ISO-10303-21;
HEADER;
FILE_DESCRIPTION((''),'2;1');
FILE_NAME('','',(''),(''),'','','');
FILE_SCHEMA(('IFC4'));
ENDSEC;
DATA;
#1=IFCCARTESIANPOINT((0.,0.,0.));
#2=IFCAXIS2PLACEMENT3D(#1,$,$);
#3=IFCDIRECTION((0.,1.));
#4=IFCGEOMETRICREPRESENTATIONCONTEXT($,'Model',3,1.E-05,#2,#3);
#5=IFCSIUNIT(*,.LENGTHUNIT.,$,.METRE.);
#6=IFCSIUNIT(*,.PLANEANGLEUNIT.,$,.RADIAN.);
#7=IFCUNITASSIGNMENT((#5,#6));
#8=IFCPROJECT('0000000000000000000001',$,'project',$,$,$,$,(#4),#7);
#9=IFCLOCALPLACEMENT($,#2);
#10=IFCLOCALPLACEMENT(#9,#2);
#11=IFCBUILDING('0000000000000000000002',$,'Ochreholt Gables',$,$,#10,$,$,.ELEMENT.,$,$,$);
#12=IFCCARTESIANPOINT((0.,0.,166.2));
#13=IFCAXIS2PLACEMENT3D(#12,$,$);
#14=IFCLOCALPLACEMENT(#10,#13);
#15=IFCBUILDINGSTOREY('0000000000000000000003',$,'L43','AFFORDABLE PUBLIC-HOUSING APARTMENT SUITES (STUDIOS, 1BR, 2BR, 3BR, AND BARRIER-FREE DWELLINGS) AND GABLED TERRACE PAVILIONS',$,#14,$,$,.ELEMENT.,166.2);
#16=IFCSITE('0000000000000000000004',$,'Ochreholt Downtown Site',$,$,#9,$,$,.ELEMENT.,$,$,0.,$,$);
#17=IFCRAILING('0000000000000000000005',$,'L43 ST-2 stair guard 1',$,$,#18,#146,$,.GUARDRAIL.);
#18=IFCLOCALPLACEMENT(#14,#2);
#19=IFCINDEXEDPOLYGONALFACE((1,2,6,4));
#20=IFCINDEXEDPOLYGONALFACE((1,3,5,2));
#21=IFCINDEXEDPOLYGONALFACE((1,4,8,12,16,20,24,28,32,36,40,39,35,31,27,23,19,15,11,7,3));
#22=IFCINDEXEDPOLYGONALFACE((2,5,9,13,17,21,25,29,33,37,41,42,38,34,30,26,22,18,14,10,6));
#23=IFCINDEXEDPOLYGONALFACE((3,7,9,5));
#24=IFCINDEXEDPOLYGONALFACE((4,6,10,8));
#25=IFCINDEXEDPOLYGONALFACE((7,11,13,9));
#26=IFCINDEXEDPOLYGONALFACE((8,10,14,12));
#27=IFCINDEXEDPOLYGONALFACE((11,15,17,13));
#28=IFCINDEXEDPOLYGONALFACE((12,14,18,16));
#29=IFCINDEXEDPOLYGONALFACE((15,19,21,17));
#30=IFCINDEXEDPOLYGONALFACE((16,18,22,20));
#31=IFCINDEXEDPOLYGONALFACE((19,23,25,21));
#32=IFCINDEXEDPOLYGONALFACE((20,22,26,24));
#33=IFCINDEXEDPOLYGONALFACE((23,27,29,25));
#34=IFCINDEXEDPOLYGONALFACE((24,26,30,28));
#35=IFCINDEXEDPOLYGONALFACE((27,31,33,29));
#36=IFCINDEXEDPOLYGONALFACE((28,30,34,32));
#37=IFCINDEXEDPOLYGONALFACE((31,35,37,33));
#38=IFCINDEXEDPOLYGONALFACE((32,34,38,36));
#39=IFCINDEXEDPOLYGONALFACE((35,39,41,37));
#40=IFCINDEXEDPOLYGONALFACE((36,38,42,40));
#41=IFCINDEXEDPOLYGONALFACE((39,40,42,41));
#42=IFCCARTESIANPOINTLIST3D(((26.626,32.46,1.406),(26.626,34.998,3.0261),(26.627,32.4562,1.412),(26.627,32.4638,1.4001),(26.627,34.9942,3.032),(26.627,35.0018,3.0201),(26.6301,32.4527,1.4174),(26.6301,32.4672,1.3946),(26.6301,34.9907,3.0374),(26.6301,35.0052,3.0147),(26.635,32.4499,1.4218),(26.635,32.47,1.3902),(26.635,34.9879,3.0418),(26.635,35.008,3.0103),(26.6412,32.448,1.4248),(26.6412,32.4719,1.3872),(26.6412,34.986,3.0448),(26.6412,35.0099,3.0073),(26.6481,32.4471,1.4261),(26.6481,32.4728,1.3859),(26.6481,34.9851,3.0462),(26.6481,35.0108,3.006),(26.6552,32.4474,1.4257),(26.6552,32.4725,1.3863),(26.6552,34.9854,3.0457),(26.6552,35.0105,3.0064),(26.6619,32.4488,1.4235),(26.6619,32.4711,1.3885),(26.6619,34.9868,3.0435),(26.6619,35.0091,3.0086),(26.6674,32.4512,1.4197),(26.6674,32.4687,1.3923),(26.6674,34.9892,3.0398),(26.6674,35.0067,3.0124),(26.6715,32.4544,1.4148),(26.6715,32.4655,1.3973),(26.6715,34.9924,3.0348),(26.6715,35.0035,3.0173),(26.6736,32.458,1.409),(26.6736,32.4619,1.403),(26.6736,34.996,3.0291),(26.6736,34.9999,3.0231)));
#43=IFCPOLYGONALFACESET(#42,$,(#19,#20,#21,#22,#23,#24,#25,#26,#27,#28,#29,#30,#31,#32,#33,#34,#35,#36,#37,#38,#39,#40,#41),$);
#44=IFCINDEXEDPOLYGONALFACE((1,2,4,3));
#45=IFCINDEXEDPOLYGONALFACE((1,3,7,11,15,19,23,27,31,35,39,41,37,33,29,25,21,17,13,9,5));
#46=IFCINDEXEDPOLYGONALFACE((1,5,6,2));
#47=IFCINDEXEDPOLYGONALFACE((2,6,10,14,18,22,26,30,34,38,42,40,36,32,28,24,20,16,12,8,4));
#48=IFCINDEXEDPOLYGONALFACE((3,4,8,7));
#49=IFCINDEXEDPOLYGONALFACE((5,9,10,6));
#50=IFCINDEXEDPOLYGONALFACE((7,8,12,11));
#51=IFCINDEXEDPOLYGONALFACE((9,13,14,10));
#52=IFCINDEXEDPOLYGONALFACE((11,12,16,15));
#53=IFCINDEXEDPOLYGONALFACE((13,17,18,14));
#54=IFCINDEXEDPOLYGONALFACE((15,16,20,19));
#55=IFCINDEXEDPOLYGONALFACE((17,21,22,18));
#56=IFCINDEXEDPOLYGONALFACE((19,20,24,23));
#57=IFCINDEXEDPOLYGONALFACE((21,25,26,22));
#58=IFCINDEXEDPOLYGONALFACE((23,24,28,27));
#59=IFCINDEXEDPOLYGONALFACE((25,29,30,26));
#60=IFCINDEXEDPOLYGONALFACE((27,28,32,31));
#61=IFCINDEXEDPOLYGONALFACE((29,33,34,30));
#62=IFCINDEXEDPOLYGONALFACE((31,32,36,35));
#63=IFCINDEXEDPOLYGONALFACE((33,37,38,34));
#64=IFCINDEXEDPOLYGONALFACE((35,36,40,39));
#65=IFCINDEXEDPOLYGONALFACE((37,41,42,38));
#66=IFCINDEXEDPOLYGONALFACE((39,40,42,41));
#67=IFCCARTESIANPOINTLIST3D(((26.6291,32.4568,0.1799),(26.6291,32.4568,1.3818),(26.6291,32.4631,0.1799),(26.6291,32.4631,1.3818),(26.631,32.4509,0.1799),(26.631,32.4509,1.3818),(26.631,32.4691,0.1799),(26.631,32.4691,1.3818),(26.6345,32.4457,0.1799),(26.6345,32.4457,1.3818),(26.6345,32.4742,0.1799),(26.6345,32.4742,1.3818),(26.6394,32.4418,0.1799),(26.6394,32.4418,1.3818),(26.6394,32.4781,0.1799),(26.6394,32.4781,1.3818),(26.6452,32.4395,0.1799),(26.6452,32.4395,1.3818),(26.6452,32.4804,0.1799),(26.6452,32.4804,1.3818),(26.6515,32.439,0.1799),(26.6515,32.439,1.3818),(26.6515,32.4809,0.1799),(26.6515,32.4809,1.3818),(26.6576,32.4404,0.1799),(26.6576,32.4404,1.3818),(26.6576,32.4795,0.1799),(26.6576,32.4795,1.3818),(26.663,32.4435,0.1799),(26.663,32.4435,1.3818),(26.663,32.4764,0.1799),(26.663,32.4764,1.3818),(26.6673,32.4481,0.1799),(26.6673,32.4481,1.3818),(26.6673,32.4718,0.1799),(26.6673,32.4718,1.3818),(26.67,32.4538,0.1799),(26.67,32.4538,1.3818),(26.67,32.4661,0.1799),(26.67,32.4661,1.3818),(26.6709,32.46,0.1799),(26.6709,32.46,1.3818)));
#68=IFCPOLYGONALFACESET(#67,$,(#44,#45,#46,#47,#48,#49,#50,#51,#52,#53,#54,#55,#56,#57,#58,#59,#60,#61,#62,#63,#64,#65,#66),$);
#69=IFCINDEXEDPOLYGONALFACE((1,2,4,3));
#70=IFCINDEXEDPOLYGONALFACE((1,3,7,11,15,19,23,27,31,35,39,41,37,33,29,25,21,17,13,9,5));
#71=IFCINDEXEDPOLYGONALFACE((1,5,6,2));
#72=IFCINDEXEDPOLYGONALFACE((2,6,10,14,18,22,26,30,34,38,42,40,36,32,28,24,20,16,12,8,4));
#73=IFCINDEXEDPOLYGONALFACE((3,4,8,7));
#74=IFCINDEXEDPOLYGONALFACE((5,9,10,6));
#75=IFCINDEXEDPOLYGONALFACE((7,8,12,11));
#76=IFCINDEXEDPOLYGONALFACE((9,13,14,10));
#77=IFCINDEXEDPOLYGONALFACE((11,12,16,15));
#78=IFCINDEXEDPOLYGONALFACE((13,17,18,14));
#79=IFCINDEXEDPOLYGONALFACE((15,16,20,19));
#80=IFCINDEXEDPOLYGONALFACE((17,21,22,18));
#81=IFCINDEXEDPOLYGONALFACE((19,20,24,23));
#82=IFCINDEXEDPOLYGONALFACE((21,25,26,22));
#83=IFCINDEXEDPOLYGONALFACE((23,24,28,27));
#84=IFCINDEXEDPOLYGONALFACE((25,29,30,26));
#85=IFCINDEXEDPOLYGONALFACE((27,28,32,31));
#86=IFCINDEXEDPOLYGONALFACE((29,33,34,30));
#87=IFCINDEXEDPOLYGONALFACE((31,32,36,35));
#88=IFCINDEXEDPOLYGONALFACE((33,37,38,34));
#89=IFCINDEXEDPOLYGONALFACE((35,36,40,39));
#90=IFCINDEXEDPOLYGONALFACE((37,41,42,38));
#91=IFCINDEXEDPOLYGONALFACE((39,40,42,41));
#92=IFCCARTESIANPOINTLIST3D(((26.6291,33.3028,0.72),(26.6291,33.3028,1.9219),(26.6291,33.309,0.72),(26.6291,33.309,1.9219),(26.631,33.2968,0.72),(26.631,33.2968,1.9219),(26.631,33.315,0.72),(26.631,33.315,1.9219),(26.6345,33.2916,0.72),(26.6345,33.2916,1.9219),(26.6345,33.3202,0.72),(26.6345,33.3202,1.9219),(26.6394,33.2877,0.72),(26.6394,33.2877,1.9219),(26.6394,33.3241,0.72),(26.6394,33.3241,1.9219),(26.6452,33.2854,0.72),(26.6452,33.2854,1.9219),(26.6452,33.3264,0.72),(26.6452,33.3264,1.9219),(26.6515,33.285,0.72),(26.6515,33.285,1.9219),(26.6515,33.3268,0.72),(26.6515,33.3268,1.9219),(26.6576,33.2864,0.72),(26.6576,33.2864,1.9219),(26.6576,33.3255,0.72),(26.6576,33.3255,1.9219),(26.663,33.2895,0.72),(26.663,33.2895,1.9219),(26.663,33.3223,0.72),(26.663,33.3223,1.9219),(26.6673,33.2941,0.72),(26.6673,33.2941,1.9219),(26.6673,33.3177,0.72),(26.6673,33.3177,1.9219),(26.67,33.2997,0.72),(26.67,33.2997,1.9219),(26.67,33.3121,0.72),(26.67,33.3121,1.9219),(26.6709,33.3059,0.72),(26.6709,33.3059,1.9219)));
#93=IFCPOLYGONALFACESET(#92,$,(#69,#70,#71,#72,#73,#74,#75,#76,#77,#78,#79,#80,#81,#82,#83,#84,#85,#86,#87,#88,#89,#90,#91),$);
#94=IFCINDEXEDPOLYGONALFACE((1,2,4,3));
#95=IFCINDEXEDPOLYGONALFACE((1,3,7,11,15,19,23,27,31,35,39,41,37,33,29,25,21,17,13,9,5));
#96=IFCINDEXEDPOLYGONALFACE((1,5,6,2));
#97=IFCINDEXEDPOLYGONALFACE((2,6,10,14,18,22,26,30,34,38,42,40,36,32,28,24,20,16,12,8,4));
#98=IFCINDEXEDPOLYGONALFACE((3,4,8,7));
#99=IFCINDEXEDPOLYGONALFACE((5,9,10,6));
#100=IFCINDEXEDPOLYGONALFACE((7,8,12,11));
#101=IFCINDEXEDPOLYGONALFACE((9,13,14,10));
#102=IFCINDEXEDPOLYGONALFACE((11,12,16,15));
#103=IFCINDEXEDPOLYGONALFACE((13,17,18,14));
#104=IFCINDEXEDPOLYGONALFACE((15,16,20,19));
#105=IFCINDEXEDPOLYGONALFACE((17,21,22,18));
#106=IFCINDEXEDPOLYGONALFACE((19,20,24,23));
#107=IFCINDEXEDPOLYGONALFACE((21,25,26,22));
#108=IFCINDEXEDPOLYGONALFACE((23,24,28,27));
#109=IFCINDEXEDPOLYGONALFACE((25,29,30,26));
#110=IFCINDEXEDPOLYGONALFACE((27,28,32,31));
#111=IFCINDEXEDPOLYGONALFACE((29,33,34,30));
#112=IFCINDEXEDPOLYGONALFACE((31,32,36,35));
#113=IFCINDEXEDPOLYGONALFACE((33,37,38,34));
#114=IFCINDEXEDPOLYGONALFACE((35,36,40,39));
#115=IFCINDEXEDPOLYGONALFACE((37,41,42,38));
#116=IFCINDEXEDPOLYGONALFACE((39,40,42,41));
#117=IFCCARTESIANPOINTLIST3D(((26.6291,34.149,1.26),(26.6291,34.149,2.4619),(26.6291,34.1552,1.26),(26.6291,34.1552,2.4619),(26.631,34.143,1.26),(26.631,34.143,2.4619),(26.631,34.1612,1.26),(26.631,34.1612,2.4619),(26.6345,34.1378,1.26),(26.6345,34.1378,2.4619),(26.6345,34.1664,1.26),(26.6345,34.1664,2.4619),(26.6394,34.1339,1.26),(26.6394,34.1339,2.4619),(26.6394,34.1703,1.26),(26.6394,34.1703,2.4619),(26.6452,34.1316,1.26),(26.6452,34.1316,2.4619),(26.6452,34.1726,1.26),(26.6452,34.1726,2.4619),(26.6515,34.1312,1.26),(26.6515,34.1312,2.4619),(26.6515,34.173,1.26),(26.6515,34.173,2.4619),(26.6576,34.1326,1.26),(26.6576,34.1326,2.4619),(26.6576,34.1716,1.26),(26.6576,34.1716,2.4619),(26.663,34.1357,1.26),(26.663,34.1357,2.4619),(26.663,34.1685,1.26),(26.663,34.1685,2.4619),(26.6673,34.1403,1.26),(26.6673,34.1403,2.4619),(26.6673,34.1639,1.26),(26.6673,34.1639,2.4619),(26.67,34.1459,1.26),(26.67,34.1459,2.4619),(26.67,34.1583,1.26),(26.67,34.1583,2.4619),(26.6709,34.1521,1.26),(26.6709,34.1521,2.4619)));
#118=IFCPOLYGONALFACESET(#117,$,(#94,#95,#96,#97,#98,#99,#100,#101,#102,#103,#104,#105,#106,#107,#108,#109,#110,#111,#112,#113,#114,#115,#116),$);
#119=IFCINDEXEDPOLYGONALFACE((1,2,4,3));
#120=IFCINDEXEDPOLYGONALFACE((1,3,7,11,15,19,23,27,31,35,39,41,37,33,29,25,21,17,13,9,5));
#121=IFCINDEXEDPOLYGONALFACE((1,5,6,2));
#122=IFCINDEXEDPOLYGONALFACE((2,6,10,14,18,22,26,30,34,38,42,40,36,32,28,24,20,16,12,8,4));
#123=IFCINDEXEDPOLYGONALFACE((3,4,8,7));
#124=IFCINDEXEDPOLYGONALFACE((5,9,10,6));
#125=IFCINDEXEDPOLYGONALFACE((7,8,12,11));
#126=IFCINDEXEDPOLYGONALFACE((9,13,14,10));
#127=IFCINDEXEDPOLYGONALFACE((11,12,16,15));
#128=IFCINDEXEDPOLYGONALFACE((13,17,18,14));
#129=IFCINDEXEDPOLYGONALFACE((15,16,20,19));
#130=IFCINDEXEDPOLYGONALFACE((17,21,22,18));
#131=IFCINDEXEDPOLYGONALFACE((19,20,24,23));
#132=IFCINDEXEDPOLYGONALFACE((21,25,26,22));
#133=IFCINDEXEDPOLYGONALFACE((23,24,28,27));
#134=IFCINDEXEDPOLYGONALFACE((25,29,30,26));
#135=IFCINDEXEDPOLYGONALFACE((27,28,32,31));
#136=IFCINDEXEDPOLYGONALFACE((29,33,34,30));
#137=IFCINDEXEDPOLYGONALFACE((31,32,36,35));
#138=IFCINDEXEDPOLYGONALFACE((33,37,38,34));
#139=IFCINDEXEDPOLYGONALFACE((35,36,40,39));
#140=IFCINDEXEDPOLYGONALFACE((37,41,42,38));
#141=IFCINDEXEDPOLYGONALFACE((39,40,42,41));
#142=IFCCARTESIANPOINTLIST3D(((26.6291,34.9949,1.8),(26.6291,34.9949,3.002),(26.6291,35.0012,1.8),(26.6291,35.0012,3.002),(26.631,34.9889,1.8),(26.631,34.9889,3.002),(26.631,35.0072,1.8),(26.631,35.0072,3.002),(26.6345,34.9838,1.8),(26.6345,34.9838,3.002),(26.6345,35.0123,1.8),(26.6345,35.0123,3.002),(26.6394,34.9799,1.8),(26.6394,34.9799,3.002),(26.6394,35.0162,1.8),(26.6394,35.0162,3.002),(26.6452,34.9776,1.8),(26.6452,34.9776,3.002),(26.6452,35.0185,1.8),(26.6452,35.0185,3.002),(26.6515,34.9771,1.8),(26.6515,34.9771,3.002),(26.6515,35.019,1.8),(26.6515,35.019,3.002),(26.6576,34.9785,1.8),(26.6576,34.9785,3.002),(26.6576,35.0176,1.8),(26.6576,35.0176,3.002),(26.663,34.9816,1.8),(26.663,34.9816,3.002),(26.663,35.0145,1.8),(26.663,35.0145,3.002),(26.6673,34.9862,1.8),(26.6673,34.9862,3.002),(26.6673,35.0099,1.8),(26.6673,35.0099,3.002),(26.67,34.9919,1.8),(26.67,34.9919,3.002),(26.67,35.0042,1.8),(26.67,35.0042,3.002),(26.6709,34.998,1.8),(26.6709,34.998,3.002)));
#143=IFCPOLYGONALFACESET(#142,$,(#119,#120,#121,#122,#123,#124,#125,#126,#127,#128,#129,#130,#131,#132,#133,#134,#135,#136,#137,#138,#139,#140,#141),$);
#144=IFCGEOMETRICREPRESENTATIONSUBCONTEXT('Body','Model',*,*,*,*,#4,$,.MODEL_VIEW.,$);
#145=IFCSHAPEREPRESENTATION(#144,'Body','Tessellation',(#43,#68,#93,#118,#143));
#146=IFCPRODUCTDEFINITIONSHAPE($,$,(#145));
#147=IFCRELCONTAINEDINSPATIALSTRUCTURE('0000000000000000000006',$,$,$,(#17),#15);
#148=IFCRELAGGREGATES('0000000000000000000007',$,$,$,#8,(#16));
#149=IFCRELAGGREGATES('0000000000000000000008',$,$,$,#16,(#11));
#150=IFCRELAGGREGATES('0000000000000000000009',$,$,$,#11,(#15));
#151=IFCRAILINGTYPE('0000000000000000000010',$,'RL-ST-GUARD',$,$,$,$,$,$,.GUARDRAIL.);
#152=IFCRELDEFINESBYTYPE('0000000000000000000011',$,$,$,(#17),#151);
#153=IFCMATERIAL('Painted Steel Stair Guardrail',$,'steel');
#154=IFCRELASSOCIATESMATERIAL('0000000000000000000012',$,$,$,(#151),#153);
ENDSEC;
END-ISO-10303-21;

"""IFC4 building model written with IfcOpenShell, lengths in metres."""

from ifc_helpers import new_model, si_unit, direction, frame, origin, origin_2d, place, context, subcontext, project, spatial, circle, extrude, material, type_object, element, save


model = new_model("IFC4")

# Units and contexts
model_context = context("Model", 3, precision=1e-05, world=origin(), true_north=direction((0.0, 1.0)))
body_context = subcontext(model_context, "Body", "Model", "MODEL_VIEW")
ifc_project = project(units=[si_unit("LENGTHUNIT", "METRE"), si_unit("PLANEANGLEUNIT", "RADIAN")], contexts=[model_context])

# Site, building, storey
site_placement = place(None, origin())
site = spatial("IfcSite", under=ifc_project, at=site_placement, Name="Ochreholt Downtown Site", CompositionType="ELEMENT", RefElevation=0.0)
building_placement = place(site_placement, origin())
building = spatial("IfcBuilding", under=site, at=building_placement, Name="Ochreholt Gables", CompositionType="ELEMENT")
storey_placement = place(building_placement, frame((0.0, 0.0, 166.2)))
storey = spatial("IfcBuildingStorey", under=building, at=storey_placement, Name="L43", Description="AFFORDABLE PUBLIC-HOUSING APARTMENT SUITES (STUDIOS, 1BR, 2BR, 3BR, AND BARRIER-FREE DWELLINGS) AND GABLED TERRACE PAVILIONS", CompositionType="ELEMENT", Elevation=166.2)

# Railing
ifc_material_1 = material(Name="Painted Steel Stair Guardrail", Category="steel")
railing_type = type_object("IfcRailingType", Name="RL-ST-GUARD", PredefinedType="GUARDRAIL", material=ifc_material_1)
railing_1_placement = place(storey_placement, frame((26.6499, 32.46, 0.1799)))
element("IfcRailing", 1, at=railing_1_placement, inside=storey, type_object=railing_type, Name="L43 ST-2 stair guard 1", PredefinedType="GUARDRAIL", context=body_context, shape_type="SweptSolid", body=[
    extrude(circle(Radius=0.0239, at=origin_2d()), frame((0.0, 0.0, 1.2261), z_axis=(0.0, 0.842913, 0.53805), x_axis=(-1.0, 0.0, 0.0)), (0.0, 0.0, 1.0), 3.011),
    extrude(circle(Radius=0.021, at=origin_2d()), origin(), (0.0, 0.0, 1.0), 1.2019),
    extrude(circle(Radius=0.021, at=origin_2d()), frame((0.0, 0.8459, 0.54)), (0.0, 0.0, 1.0), 1.2019),
    extrude(circle(Radius=0.021, at=origin_2d()), frame((0.0, 1.6921, 1.0801)), (0.0, 0.0, 1.0), 1.2019),
    extrude(circle(Radius=0.021, at=origin_2d()), frame((0.0, 2.5381, 1.6201)), (0.0, 0.0, 1.0), 1.2019),
])

save(model, "model.ifc")
